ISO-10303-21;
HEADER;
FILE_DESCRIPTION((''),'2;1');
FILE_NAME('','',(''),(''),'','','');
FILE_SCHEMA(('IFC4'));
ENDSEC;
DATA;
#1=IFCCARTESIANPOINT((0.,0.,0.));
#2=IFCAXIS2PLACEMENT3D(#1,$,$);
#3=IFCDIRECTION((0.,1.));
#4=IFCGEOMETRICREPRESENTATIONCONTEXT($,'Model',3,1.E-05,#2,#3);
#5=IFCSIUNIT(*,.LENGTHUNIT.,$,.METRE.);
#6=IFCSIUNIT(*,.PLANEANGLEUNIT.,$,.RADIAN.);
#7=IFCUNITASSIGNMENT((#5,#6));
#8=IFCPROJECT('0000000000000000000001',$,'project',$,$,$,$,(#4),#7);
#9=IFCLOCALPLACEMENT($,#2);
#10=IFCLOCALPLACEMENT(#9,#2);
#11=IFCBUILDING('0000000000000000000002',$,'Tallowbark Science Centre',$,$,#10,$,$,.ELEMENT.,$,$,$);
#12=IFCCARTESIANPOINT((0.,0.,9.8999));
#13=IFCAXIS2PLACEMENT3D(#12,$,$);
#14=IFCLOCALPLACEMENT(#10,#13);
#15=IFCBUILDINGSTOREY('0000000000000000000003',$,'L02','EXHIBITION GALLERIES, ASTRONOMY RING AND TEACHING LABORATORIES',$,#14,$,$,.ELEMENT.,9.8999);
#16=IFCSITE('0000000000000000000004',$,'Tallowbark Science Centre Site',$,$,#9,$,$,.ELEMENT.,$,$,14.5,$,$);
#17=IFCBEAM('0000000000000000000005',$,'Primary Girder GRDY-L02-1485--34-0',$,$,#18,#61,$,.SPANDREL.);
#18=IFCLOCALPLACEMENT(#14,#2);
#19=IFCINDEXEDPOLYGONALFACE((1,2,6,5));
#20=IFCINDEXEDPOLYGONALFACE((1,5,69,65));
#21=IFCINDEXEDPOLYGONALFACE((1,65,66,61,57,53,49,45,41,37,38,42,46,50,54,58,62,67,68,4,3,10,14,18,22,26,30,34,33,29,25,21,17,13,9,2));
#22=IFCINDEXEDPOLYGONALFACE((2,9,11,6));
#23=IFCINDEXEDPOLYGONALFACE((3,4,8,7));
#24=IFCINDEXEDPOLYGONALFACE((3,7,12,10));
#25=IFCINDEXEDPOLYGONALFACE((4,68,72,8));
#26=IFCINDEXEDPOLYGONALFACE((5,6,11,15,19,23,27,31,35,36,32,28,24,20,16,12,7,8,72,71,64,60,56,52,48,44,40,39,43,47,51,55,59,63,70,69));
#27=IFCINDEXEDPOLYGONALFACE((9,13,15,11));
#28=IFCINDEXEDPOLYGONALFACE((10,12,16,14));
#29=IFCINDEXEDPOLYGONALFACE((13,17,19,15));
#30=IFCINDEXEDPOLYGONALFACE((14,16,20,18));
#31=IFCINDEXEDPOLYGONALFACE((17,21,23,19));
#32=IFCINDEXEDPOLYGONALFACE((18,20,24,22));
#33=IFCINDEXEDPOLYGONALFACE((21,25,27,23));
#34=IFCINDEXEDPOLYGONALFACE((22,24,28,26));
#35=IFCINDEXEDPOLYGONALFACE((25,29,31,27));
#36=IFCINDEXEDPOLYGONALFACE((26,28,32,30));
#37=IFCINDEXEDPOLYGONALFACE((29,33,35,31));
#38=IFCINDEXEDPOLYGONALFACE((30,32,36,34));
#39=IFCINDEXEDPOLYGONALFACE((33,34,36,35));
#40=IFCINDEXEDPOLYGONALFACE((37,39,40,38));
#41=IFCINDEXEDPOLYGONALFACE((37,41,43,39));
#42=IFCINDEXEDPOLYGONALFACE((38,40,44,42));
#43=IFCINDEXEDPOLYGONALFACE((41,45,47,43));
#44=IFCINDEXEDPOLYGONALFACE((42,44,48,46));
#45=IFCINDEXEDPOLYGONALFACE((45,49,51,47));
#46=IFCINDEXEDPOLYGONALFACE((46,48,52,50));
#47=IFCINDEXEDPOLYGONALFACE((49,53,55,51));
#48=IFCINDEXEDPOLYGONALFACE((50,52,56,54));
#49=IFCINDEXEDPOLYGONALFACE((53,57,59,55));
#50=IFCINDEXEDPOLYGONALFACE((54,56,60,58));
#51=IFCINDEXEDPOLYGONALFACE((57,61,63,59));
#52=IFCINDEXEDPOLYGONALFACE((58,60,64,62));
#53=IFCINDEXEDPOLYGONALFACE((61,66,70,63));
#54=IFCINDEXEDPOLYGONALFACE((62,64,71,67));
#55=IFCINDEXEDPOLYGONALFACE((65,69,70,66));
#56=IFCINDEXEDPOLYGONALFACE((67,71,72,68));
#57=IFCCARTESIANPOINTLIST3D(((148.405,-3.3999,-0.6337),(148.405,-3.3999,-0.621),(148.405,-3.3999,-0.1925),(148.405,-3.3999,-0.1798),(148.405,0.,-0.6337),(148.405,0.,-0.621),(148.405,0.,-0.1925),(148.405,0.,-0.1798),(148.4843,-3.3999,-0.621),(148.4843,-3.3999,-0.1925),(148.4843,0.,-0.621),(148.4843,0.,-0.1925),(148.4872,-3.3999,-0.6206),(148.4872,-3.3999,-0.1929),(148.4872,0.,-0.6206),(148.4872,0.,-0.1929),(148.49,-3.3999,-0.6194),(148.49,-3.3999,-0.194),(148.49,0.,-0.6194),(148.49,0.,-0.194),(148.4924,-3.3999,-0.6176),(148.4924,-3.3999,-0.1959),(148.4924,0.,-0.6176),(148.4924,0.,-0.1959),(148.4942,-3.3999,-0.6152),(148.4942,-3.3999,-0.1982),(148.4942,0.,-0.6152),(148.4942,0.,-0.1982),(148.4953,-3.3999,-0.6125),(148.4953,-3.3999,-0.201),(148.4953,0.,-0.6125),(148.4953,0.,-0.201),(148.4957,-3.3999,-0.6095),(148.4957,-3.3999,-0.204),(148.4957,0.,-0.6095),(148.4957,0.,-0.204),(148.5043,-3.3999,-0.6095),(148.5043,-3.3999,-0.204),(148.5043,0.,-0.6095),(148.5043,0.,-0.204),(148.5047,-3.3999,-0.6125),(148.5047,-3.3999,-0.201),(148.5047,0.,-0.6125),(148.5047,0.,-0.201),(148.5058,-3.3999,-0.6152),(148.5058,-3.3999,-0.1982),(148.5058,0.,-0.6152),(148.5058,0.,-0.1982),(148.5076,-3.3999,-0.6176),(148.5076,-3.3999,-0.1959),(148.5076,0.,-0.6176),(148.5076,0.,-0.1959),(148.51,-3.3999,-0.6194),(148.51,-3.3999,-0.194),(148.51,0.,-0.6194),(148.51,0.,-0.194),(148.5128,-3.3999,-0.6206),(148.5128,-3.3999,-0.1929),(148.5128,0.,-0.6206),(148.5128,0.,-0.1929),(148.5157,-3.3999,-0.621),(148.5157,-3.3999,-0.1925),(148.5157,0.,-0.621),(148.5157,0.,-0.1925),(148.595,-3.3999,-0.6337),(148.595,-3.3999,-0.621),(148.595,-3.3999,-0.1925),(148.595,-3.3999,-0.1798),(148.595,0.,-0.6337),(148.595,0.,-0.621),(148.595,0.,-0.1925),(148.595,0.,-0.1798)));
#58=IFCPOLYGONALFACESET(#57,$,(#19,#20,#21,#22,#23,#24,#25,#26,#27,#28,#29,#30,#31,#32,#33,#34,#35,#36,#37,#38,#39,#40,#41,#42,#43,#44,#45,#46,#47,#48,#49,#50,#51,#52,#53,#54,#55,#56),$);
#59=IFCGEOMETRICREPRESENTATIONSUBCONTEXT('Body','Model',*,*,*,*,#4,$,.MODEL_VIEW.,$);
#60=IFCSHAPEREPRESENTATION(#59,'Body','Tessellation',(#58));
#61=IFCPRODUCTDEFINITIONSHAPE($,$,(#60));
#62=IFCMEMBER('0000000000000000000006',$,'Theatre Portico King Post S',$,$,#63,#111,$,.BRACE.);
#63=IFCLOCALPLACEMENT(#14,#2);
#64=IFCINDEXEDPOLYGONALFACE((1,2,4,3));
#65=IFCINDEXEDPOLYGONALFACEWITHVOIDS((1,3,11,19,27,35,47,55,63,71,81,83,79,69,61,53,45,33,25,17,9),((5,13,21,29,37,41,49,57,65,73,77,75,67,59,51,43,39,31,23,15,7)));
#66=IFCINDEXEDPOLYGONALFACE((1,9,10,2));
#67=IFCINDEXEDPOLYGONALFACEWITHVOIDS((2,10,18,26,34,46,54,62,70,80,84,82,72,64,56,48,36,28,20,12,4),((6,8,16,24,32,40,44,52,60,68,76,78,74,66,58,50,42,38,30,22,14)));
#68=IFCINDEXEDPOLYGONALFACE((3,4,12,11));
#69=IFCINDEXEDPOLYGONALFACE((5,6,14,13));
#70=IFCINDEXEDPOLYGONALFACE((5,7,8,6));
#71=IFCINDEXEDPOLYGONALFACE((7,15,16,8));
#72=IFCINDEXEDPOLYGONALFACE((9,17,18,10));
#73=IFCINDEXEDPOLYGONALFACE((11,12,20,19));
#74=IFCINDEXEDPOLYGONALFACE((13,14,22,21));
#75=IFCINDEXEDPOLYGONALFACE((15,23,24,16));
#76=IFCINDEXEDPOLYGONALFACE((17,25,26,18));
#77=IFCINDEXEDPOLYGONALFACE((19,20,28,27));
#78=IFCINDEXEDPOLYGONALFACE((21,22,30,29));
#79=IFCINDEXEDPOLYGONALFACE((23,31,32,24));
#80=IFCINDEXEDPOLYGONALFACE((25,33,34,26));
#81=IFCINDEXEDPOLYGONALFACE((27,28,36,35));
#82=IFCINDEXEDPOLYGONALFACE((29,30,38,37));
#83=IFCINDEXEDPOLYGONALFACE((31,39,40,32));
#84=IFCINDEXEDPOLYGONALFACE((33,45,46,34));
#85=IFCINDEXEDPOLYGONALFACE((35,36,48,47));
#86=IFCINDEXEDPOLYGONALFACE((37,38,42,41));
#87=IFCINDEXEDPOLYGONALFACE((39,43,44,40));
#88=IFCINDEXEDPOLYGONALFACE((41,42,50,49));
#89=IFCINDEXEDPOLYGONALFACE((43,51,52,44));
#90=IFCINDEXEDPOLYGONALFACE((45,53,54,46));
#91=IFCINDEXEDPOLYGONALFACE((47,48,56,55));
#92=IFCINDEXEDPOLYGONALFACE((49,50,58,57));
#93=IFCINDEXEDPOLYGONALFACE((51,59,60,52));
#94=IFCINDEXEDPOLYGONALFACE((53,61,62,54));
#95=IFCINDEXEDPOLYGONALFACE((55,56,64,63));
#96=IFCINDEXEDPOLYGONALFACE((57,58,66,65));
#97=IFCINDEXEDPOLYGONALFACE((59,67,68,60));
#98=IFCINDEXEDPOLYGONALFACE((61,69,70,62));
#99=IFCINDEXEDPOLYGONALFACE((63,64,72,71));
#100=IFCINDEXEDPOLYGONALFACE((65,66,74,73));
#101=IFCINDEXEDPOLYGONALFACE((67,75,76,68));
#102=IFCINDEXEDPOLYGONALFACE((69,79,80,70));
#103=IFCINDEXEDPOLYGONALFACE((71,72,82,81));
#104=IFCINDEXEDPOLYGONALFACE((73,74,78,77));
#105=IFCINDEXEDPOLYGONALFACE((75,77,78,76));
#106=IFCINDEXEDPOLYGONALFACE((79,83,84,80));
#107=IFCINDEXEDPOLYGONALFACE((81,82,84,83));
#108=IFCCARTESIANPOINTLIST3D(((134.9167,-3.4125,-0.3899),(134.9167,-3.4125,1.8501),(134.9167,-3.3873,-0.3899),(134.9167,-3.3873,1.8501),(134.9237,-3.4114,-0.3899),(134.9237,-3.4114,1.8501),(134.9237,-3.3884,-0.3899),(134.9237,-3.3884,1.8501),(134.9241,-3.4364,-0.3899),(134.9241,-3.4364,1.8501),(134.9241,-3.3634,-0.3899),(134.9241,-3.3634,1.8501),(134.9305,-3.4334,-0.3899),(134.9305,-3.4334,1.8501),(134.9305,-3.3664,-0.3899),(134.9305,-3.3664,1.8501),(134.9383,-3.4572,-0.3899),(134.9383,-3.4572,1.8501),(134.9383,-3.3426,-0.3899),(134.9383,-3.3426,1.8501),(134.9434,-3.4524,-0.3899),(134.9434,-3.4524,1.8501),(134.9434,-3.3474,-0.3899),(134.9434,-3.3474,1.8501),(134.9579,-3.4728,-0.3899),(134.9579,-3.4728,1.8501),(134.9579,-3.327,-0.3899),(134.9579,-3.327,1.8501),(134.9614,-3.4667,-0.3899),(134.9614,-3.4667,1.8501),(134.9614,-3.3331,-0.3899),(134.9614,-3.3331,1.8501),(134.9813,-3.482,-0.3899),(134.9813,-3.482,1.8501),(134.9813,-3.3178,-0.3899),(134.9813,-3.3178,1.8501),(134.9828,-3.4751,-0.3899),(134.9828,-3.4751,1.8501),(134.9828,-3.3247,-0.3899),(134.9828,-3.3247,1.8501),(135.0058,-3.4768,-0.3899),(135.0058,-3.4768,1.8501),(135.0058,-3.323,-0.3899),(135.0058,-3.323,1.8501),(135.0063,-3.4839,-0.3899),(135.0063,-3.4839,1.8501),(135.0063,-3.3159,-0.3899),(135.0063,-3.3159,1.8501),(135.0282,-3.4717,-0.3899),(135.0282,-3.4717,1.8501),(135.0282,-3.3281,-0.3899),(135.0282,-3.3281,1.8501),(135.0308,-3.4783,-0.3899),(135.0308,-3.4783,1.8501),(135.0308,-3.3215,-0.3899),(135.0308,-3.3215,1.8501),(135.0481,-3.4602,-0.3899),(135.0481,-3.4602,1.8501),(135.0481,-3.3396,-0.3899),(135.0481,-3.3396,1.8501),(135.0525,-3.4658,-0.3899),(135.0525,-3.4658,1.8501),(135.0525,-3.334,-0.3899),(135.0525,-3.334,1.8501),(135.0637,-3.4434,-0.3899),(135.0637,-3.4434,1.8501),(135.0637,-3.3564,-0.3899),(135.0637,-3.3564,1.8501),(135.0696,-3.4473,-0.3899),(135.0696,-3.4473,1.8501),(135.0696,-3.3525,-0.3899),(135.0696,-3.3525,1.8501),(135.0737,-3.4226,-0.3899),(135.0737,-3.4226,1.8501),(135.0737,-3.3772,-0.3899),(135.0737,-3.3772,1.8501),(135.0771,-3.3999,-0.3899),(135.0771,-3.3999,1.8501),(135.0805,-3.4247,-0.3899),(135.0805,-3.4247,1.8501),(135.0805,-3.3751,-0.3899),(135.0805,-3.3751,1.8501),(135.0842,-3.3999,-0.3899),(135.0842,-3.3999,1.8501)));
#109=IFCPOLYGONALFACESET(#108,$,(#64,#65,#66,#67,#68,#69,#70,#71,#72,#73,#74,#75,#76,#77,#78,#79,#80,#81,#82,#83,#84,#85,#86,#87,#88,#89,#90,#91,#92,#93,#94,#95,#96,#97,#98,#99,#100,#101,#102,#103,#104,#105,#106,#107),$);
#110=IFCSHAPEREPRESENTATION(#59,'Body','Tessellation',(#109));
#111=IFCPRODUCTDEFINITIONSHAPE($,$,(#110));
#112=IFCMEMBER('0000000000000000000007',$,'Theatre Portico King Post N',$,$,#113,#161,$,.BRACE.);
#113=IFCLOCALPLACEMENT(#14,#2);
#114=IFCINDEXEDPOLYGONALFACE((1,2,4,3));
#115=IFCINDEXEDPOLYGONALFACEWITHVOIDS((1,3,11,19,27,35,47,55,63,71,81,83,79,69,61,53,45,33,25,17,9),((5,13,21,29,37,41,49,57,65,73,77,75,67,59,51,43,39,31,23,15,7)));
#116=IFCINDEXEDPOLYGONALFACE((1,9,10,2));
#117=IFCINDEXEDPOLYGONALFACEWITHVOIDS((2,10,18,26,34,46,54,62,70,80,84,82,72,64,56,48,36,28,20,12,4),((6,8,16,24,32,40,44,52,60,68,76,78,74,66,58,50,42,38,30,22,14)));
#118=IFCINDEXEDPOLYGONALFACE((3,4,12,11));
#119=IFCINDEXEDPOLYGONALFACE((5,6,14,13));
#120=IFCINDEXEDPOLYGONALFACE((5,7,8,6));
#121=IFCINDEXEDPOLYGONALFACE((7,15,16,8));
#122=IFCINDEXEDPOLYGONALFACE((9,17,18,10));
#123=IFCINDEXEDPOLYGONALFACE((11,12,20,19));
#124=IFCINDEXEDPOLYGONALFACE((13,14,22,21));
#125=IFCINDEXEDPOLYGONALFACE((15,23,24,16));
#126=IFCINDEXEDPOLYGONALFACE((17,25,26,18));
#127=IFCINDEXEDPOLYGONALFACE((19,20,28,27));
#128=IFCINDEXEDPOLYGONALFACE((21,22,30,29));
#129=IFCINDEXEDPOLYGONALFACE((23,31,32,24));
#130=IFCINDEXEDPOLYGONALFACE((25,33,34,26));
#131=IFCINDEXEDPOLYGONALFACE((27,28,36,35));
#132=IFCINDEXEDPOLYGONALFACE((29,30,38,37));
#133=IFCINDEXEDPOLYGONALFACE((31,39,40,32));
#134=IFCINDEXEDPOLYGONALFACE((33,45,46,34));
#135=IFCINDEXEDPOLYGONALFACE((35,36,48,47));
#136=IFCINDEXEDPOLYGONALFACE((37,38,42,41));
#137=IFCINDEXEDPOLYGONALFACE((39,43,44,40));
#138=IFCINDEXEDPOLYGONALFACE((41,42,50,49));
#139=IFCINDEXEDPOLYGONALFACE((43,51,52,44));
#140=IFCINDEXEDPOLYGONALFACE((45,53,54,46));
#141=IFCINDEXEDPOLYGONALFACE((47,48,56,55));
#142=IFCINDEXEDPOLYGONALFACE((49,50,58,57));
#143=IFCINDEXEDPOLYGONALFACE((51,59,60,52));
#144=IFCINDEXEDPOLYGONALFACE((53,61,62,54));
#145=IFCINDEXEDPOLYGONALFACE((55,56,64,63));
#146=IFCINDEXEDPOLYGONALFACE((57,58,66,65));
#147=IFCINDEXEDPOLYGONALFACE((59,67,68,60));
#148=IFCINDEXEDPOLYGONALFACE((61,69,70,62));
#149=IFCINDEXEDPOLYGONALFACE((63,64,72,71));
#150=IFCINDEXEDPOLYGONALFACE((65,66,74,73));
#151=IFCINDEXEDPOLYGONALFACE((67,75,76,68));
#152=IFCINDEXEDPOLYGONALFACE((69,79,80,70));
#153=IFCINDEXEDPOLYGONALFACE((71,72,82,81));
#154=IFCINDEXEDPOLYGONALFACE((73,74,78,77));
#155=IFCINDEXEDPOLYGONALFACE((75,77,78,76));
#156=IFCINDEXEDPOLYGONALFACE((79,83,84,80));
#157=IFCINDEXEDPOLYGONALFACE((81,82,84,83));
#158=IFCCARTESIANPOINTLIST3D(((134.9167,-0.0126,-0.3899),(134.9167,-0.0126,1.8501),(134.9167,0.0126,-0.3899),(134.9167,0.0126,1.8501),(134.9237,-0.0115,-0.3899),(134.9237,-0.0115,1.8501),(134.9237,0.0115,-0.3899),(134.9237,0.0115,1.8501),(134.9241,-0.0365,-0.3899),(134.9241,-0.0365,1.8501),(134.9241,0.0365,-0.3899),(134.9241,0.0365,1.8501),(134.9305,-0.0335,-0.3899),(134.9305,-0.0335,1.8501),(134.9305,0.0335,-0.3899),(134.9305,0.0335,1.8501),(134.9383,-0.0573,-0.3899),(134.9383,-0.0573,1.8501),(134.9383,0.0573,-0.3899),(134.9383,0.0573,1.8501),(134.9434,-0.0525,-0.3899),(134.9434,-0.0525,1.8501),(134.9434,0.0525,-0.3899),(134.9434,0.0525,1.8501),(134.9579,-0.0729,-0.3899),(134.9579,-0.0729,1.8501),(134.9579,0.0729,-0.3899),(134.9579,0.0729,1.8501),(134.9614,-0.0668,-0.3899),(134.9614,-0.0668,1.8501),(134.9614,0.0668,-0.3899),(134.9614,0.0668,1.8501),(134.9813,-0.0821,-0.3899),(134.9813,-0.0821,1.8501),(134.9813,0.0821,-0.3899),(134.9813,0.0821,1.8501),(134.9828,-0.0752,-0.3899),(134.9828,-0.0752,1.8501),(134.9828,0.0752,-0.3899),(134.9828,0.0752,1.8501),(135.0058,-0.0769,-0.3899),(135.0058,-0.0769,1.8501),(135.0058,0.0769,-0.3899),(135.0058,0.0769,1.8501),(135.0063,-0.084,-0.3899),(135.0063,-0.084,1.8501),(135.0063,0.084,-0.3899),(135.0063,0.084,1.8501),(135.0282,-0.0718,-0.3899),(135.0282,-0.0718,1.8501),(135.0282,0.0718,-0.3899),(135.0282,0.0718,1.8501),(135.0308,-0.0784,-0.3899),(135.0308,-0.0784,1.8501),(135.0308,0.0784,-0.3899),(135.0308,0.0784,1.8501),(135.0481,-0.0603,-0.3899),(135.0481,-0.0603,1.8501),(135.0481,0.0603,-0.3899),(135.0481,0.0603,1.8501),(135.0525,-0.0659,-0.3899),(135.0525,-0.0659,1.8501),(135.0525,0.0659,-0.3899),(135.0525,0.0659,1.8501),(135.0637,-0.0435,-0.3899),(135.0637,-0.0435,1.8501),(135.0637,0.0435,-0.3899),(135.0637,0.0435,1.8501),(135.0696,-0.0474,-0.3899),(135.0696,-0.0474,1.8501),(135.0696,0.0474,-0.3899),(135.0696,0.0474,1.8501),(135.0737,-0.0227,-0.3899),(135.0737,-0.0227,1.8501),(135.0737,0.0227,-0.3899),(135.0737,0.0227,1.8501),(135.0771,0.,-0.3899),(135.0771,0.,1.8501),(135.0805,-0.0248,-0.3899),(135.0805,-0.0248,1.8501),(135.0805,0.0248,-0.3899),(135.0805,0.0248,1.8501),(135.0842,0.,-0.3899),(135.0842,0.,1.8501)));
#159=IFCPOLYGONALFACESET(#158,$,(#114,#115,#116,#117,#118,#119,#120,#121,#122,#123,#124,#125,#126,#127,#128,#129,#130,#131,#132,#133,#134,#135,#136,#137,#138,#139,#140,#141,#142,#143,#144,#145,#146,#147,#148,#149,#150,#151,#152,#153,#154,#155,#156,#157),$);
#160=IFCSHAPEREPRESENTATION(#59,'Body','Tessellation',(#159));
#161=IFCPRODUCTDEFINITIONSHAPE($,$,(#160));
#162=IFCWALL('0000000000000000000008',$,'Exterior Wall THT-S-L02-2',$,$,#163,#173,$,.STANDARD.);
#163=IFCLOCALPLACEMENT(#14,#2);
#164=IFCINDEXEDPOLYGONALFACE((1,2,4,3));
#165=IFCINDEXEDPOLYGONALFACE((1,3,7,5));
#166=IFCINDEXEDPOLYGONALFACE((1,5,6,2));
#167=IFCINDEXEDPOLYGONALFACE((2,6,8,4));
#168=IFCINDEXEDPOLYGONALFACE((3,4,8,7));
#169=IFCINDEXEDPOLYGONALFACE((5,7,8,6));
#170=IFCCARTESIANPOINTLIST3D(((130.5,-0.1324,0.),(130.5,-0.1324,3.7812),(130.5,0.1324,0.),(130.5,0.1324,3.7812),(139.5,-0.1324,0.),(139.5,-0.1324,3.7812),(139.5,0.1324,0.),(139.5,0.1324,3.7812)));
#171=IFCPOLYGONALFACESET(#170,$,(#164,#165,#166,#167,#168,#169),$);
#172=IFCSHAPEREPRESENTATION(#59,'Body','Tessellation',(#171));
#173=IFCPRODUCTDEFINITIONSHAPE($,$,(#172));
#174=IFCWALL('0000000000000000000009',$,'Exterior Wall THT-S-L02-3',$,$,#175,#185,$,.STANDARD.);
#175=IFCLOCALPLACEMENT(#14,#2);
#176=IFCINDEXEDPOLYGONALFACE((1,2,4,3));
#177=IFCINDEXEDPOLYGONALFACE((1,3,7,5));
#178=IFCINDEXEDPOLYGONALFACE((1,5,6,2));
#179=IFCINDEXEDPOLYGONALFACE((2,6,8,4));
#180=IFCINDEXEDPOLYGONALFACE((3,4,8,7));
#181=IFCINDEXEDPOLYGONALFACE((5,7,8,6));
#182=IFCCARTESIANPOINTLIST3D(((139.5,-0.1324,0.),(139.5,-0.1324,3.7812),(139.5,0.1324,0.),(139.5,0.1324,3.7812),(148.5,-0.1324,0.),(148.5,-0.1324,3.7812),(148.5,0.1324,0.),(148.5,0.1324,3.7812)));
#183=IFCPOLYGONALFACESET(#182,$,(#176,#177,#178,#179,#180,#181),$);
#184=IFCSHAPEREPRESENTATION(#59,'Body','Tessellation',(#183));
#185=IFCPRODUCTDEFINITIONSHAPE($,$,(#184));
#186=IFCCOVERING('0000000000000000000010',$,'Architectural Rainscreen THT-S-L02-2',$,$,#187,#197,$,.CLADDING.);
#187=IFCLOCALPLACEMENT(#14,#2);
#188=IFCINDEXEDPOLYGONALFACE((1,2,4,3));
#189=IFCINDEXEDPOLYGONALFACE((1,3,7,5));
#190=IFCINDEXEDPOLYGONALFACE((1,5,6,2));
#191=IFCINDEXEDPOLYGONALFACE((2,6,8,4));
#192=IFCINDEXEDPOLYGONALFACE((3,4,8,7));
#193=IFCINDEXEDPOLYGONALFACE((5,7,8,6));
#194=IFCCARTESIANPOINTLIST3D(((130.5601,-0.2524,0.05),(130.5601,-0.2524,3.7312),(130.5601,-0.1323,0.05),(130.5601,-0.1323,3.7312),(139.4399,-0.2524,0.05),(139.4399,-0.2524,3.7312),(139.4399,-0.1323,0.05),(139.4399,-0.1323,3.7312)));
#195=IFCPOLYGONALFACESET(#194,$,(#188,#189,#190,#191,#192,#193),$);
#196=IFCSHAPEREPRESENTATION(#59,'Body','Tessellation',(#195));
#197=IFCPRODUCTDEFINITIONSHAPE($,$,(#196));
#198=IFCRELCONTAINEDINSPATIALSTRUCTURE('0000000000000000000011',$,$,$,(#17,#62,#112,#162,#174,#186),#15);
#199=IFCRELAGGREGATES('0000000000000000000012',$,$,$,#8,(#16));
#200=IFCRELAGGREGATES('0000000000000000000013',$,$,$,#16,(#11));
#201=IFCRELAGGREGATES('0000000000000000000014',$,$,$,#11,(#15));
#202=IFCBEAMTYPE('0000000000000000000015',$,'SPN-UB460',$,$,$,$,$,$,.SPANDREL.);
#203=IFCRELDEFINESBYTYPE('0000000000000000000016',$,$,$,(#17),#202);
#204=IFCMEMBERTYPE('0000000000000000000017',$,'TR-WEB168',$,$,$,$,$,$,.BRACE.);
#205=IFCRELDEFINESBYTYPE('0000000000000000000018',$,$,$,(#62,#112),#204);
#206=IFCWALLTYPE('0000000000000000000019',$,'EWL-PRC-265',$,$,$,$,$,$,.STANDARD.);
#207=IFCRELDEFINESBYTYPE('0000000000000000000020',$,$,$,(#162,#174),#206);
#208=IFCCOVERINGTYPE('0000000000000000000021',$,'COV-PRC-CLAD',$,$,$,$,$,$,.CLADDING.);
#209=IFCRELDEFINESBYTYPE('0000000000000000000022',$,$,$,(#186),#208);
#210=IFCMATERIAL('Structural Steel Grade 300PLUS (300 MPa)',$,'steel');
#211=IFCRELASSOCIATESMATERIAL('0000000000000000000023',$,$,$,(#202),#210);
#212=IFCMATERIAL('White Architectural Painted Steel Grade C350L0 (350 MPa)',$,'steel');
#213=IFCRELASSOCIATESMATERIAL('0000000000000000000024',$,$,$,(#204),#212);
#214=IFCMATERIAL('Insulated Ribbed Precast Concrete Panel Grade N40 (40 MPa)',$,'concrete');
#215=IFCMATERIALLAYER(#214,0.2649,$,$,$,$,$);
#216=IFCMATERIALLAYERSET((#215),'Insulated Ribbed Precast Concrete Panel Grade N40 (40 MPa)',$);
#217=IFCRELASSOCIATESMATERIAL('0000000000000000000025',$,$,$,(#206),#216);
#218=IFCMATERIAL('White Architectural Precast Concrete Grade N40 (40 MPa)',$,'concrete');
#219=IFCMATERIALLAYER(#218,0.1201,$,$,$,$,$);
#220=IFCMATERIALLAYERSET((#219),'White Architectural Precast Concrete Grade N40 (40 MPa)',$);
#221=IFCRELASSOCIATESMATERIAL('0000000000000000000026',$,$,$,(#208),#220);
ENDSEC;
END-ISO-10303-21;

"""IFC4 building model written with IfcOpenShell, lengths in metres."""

from ifc_helpers import new_model, si_unit, direction, frame, frame_2d, origin, origin_2d, place, context, subcontext, project, spatial, rectangle, hollow_circle, i_section, extrude, material, layer, layer_set, material_profile, profile_set, type_object, element, save


model = new_model("IFC4")

# Units and contexts
model_context = context("Model", 3, precision=1e-05, world=origin(), true_north=direction((0.0, 1.0)))
body_context = subcontext(model_context, "Body", "Model", "MODEL_VIEW")
ifc_project = project(units=[si_unit("LENGTHUNIT", "METRE"), si_unit("PLANEANGLEUNIT", "RADIAN")], contexts=[model_context])

# Site, building, storey
site_placement = place(None, origin())
site = spatial("IfcSite", under=ifc_project, at=site_placement, Name="Tallowbark Science Centre Site", CompositionType="ELEMENT", RefElevation=14.5)
building_placement = place(site_placement, origin())
building = spatial("IfcBuilding", under=site, at=building_placement, Name="Tallowbark Science Centre", CompositionType="ELEMENT")
storey_placement = place(building_placement, frame((0.0, 0.0, 9.8999)))
storey = spatial("IfcBuildingStorey", under=building, at=storey_placement, Name="L02", Description="EXHIBITION GALLERIES, ASTRONOMY RING AND TEACHING LABORATORIES", CompositionType="ELEMENT", Elevation=9.8999)

# Shared definitions
ifc_material_1 = material(Name="Structural Steel Grade 300PLUS (300 MPa)", Category="steel")

# Beam
ifc_material_2 = material(Name="White Architectural Painted Steel Grade C350L0 (350 MPa)", Category="steel")
ifc_material_profile_1 = material_profile(ifc_material_1, i_section(OverallWidth=0.1899, OverallDepth=0.4539, WebThickness=0.0085, FlangeThickness=0.0127, FilletRadius=0.0115, at=origin_2d()), Name="460UB67.1")
ifc_profile_set_1 = profile_set([ifc_material_profile_1], Name="Structural Steel Grade 300PLUS (300 MPa)")
beam_type_1 = type_object("IfcBeamType", Name="SPN-UB460", PredefinedType="SPANDREL", material=ifc_profile_set_1)
beam_1_placement = place(storey_placement, frame((148.5, -3.3999, -0.4067), z_axis=(0.0, 1.0, 0.0), x_axis=(-1.0, 0.0, 0.0)))
element("IfcBeam", 1, at=beam_1_placement, inside=storey, type_object=beam_type_1, Name="Primary Girder GRDY-L02-1485--34-0", PredefinedType="SPANDREL", context=body_context, shape_type="SweptSolid", body=[
    extrude(i_section(OverallWidth=0.1899, OverallDepth=0.4539, WebThickness=0.0085, FlangeThickness=0.0127, FilletRadius=0.0115, at=origin_2d()), origin(), (0.0, 0.0, 1.0), 3.3999),
])

# Members
ifc_material_profile_2 = material_profile(ifc_material_2, hollow_circle(Radius=0.0842, WallThickness=0.0071, at=origin_2d()), Name="168.3x7.1CHS")
ifc_profile_set_2 = profile_set([ifc_material_profile_2], Name="White Architectural Painted Steel Grade C350L0 (350 MPa)")
member_type_1 = type_object("IfcMemberType", Name="TR-WEB168", PredefinedType="BRACE", material=ifc_profile_set_2)
for number, where, z_axis, x_axis, name in (
    (2, (135.0, -3.3999, -0.3899), (0.0, 0.0, 1.0), (1.0, 0.0, 0.0), "Theatre Portico King Post S"),
    (3, (135.0, 0.0, -0.3899), (0.0, 0.0, 1.0), (1.0, 0.0, 0.0), "Theatre Portico King Post N"),
):
    element("IfcMember", number, at=place(storey_placement, frame(where, z_axis=z_axis, x_axis=x_axis)), inside=storey, type_object=member_type_1, Name=name, PredefinedType="BRACE", context=body_context, shape_type="SweptSolid", body=[
        extrude(hollow_circle(Radius=0.0842, WallThickness=0.0071, at=origin_2d()), origin(), (0.0, 0.0, 1.0), 2.24),
    ])

# Walls
ifc_material_3 = material(Name="Insulated Ribbed Precast Concrete Panel Grade N40 (40 MPa)", Category="concrete")
ifc_layer_1 = layer(ifc_material_3, 0.2649)
ifc_layer_set_1 = layer_set([ifc_layer_1], Name="Insulated Ribbed Precast Concrete Panel Grade N40 (40 MPa)")
wall_type = type_object("IfcWallType", Name="EWL-PRC-265", PredefinedType="STANDARD", material=ifc_layer_set_1)
for number, where, z_axis, x_axis, name in (
    (4, (130.5, 0.0, 0.0), (0.0, 0.0, 1.0), (1.0, 0.0, 0.0), "Exterior Wall THT-S-L02-2"),
    (5, (139.5, 0.0, 0.0), (0.0, 0.0, 1.0), (1.0, 0.0, 0.0), "Exterior Wall THT-S-L02-3"),
):
    element("IfcWall", number, at=place(storey_placement, frame(where, z_axis=z_axis, x_axis=x_axis)), inside=storey, type_object=wall_type, Name=name, PredefinedType="STANDARD", context=body_context, shape_type="SweptSolid", body=[
        extrude(rectangle(XDim=9.0, YDim=0.2649, at=frame_2d((4.5, 0.0))), origin(), (0.0, 0.0, 1.0), 3.7812),
    ])

# Covering
ifc_material_4 = material(Name="White Architectural Precast Concrete Grade N40 (40 MPa)", Category="concrete")
ifc_layer_2 = layer(ifc_material_4, 0.1201)
ifc_layer_set_2 = layer_set([ifc_layer_2], Name="White Architectural Precast Concrete Grade N40 (40 MPa)")
covering_type = type_object("IfcCoveringType", Name="COV-PRC-CLAD", PredefinedType="CLADDING", material=ifc_layer_set_2)
for number, where, z_axis, x_axis, name in (
    (6, (135.0, -0.1924, 0.05), (0.0, 0.0, 1.0), (1.0, 0.0, 0.0), "Architectural Rainscreen THT-S-L02-2"),
):
    element("IfcCovering", number, at=place(storey_placement, frame(where, z_axis=z_axis, x_axis=x_axis)), inside=storey, type_object=covering_type, Name=name, PredefinedType="CLADDING", context=body_context, shape_type="SweptSolid", body=[
        extrude(rectangle(XDim=8.8799, YDim=0.1201, at=origin_2d()), origin(), (0.0, 0.0, 1.0), 3.6812),
    ])

save(model, "model.ifc")
